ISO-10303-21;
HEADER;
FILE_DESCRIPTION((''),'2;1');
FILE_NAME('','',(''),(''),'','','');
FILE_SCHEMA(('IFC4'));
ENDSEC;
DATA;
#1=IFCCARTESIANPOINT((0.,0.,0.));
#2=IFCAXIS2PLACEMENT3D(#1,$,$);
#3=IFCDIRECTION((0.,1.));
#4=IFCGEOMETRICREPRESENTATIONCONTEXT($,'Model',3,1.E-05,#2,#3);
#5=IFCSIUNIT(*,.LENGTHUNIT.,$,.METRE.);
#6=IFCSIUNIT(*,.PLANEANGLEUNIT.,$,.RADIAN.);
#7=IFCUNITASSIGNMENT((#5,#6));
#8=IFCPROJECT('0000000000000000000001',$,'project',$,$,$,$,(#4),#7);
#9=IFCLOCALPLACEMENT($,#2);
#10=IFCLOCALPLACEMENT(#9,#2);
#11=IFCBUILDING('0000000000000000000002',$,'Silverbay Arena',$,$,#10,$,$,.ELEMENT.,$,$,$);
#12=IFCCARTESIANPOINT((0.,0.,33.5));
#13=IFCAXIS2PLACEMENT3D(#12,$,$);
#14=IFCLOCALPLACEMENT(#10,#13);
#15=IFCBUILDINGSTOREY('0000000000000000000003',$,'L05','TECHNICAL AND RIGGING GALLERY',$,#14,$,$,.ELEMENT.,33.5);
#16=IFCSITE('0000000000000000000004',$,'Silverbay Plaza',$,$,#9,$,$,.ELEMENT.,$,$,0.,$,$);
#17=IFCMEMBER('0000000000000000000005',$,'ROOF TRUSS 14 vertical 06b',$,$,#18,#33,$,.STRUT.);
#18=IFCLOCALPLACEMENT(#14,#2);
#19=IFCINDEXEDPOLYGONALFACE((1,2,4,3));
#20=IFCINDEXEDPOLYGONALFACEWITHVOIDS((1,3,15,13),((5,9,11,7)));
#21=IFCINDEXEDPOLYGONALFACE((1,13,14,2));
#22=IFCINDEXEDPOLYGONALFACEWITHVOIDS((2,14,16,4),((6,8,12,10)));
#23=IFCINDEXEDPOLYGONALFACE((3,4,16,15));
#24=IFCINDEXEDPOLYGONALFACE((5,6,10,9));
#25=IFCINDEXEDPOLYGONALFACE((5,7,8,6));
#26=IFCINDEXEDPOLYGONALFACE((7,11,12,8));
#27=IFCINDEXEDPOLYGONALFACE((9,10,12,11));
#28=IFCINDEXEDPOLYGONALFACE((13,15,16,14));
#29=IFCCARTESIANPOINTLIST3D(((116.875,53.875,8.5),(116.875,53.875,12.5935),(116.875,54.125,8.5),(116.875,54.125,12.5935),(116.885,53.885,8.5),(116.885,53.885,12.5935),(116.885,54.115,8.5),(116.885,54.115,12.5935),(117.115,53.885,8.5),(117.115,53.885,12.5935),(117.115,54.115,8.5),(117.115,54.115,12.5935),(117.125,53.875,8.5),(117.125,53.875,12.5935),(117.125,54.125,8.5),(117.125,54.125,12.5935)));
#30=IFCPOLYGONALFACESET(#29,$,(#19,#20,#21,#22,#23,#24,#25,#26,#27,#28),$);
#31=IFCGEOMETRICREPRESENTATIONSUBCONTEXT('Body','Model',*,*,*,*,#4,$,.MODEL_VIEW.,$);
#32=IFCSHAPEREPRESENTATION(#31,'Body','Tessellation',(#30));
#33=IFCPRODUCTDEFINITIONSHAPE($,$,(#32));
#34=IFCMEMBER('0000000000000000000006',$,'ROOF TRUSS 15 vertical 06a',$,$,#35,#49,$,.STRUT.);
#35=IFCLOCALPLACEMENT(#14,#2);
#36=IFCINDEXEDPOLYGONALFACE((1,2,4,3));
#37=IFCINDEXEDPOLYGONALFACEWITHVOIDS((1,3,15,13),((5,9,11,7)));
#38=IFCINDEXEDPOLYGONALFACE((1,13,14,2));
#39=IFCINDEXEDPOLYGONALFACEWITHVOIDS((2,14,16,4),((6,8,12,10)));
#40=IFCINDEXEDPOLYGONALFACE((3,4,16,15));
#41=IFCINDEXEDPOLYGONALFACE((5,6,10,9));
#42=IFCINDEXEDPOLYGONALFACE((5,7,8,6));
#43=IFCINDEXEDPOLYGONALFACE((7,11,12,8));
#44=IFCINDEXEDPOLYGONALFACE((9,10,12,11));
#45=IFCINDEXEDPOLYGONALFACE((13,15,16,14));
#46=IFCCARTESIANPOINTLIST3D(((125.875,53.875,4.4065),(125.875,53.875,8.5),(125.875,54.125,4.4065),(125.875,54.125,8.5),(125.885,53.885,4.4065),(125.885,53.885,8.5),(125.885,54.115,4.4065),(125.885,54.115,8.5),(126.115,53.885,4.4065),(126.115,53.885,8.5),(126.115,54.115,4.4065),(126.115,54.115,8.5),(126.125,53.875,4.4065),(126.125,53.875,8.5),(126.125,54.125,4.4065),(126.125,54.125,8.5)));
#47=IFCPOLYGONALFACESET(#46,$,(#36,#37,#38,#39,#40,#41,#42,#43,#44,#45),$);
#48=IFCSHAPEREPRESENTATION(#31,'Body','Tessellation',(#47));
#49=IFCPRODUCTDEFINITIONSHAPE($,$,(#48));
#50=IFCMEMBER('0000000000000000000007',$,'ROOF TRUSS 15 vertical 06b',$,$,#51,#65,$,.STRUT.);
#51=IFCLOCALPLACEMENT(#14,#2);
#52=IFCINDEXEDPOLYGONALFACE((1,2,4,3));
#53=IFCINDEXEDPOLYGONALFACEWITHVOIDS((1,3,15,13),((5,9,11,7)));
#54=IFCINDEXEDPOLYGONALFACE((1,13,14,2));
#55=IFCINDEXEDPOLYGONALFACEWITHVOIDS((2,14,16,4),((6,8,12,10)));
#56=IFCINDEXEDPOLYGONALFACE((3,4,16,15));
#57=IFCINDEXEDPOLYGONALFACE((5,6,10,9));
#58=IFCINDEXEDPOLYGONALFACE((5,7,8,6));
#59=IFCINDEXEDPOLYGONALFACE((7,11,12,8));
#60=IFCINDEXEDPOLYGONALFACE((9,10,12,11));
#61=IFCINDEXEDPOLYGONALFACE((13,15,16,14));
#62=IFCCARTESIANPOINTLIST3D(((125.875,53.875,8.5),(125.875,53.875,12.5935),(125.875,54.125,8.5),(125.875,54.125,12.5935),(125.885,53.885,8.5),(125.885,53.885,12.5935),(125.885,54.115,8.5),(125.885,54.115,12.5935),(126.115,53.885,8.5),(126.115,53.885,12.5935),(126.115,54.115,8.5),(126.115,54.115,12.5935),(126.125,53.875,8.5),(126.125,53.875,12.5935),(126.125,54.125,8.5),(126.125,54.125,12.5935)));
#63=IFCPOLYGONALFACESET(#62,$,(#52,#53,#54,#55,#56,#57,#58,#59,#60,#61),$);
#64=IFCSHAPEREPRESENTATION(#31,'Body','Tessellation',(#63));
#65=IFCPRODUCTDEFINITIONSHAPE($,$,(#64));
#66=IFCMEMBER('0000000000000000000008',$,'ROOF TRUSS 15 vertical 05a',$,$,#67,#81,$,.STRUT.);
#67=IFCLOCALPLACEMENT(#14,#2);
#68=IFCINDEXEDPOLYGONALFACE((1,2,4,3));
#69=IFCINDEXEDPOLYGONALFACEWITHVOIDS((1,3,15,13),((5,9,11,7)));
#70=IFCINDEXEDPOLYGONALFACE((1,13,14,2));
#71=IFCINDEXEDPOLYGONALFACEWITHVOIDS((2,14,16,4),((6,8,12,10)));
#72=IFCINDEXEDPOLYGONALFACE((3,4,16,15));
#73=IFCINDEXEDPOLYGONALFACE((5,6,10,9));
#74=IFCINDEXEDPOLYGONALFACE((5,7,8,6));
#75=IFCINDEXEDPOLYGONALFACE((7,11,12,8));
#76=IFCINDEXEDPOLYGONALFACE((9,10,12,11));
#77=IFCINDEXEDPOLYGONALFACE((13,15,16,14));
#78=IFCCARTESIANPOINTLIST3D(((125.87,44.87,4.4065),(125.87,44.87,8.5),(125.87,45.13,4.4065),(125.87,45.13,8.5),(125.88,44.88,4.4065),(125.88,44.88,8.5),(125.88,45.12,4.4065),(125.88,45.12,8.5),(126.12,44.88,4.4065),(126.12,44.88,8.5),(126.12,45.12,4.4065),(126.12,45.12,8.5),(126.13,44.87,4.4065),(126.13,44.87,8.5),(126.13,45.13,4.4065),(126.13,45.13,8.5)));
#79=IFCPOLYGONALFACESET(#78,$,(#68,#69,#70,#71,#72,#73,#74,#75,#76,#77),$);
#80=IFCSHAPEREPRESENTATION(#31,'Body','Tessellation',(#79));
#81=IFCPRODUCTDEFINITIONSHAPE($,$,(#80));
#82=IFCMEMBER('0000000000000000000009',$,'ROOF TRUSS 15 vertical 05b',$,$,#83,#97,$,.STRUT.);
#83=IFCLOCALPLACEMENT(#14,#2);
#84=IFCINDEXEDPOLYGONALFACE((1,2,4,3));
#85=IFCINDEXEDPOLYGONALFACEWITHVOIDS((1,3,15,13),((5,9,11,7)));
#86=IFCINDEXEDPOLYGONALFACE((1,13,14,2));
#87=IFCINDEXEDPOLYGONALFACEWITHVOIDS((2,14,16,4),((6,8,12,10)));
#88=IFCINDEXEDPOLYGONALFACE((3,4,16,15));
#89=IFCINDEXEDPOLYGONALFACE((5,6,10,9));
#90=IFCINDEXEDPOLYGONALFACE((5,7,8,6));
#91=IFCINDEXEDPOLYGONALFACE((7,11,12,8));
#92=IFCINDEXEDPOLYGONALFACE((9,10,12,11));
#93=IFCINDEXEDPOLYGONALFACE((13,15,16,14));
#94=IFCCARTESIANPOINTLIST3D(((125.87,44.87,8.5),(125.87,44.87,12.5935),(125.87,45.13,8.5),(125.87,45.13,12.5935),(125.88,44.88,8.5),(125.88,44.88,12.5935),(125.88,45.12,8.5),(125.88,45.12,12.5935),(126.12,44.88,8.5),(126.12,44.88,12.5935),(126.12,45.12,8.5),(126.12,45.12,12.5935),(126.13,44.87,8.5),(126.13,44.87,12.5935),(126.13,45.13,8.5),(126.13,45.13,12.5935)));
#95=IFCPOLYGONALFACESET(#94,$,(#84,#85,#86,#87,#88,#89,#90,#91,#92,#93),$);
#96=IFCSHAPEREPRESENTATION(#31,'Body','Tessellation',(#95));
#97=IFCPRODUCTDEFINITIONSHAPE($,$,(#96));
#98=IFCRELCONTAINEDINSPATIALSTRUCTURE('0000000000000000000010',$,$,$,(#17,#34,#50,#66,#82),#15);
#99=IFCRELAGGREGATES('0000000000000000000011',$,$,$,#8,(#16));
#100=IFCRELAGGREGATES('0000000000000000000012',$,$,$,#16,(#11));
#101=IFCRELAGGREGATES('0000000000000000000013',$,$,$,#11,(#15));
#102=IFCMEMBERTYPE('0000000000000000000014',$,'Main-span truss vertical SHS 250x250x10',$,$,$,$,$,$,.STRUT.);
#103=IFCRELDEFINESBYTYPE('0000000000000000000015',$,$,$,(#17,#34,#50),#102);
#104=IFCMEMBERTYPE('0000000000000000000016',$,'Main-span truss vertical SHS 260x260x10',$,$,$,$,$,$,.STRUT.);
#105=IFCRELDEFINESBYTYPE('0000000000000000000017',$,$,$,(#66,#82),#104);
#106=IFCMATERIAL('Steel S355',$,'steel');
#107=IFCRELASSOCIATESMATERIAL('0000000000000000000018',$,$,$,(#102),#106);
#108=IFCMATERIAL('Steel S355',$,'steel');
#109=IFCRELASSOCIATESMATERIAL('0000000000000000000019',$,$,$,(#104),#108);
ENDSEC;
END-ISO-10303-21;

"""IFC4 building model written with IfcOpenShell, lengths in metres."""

from ifc_helpers import new_model, si_unit, direction, frame, origin, origin_2d, place, context, subcontext, project, spatial, hollow_rectangle, extrude, material, material_profile, profile_set, type_object, element, save


model = new_model("IFC4")

# Units and contexts
model_context = context("Model", 3, precision=1e-05, world=origin(), true_north=direction((0.0, 1.0)))
body_context = subcontext(model_context, "Body", "Model", "MODEL_VIEW")
ifc_project = project(units=[si_unit("LENGTHUNIT", "METRE"), si_unit("PLANEANGLEUNIT", "RADIAN")], contexts=[model_context])

# Site, building, storey
site_placement = place(None, origin())
site = spatial("IfcSite", under=ifc_project, at=site_placement, Name="Silverbay Plaza", CompositionType="ELEMENT", RefElevation=0.0)
building_placement = place(site_placement, origin())
building = spatial("IfcBuilding", under=site, at=building_placement, Name="Silverbay Arena", CompositionType="ELEMENT")
storey_placement = place(building_placement, frame((0.0, 0.0, 33.5)))
storey = spatial("IfcBuildingStorey", under=building, at=storey_placement, Name="L05", Description="TECHNICAL AND RIGGING GALLERY", CompositionType="ELEMENT", Elevation=33.5)

# Members
ifc_material_1 = material(Name="Steel S355", Category="steel")
ifc_material_profile_1 = material_profile(ifc_material_1, hollow_rectangle(XDim=0.25, YDim=0.25, WallThickness=0.01, at=origin_2d()), Name="SHS 250x250x10")
ifc_profile_set_1 = profile_set([ifc_material_profile_1], Name="Steel S355")
member_type_1 = type_object("IfcMemberType", Name="Main-span truss vertical SHS 250x250x10", PredefinedType="STRUT", material=ifc_profile_set_1)
for number, where, z_axis, x_axis, name in (
    (1, (117.0, 54.0, 8.5), (0.0, 0.0, 1.0), (1.0, 0.0, 0.0), "ROOF TRUSS 14 vertical 06b"),
    (2, (126.0, 54.0, 4.4065), (0.0, 0.0, 1.0), (1.0, 0.0, 0.0), "ROOF TRUSS 15 vertical 06a"),
    (3, (126.0, 54.0, 8.5), (0.0, 0.0, 1.0), (1.0, 0.0, 0.0), "ROOF TRUSS 15 vertical 06b"),
):
    element("IfcMember", number, at=place(storey_placement, frame(where, z_axis=z_axis, x_axis=x_axis)), inside=storey, type_object=member_type_1, Name=name, PredefinedType="STRUT", context=body_context, shape_type="SweptSolid", body=[
        extrude(hollow_rectangle(XDim=0.25, YDim=0.25, WallThickness=0.01, at=origin_2d()), origin(), (0.0, 0.0, 1.0), 4.0935),
    ])
ifc_material_2 = material(Name="Steel S355", Category="steel")
ifc_material_profile_2 = material_profile(ifc_material_2, hollow_rectangle(XDim=0.26, YDim=0.26, WallThickness=0.01, at=origin_2d()), Name="SHS 260x260x10")
ifc_profile_set_2 = profile_set([ifc_material_profile_2], Name="Steel S355")
member_type_2 = type_object("IfcMemberType", Name="Main-span truss vertical SHS 260x260x10", PredefinedType="STRUT", material=ifc_profile_set_2)
for number, where, z_axis, x_axis, name in (
    (4, (126.0, 45.0, 4.4065), (0.0, 0.0, 1.0), (1.0, 0.0, 0.0), "ROOF TRUSS 15 vertical 05a"),
    (5, (126.0, 45.0, 8.5), (0.0, 0.0, 1.0), (1.0, 0.0, 0.0), "ROOF TRUSS 15 vertical 05b"),
):
    element("IfcMember", number, at=place(storey_placement, frame(where, z_axis=z_axis, x_axis=x_axis)), inside=storey, type_object=member_type_2, Name=name, PredefinedType="STRUT", context=body_context, shape_type="SweptSolid", body=[
        extrude(hollow_rectangle(XDim=0.26, YDim=0.26, WallThickness=0.01, at=origin_2d()), origin(), (0.0, 0.0, 1.0), 4.0935),
    ])

save(model, "model.ifc")
